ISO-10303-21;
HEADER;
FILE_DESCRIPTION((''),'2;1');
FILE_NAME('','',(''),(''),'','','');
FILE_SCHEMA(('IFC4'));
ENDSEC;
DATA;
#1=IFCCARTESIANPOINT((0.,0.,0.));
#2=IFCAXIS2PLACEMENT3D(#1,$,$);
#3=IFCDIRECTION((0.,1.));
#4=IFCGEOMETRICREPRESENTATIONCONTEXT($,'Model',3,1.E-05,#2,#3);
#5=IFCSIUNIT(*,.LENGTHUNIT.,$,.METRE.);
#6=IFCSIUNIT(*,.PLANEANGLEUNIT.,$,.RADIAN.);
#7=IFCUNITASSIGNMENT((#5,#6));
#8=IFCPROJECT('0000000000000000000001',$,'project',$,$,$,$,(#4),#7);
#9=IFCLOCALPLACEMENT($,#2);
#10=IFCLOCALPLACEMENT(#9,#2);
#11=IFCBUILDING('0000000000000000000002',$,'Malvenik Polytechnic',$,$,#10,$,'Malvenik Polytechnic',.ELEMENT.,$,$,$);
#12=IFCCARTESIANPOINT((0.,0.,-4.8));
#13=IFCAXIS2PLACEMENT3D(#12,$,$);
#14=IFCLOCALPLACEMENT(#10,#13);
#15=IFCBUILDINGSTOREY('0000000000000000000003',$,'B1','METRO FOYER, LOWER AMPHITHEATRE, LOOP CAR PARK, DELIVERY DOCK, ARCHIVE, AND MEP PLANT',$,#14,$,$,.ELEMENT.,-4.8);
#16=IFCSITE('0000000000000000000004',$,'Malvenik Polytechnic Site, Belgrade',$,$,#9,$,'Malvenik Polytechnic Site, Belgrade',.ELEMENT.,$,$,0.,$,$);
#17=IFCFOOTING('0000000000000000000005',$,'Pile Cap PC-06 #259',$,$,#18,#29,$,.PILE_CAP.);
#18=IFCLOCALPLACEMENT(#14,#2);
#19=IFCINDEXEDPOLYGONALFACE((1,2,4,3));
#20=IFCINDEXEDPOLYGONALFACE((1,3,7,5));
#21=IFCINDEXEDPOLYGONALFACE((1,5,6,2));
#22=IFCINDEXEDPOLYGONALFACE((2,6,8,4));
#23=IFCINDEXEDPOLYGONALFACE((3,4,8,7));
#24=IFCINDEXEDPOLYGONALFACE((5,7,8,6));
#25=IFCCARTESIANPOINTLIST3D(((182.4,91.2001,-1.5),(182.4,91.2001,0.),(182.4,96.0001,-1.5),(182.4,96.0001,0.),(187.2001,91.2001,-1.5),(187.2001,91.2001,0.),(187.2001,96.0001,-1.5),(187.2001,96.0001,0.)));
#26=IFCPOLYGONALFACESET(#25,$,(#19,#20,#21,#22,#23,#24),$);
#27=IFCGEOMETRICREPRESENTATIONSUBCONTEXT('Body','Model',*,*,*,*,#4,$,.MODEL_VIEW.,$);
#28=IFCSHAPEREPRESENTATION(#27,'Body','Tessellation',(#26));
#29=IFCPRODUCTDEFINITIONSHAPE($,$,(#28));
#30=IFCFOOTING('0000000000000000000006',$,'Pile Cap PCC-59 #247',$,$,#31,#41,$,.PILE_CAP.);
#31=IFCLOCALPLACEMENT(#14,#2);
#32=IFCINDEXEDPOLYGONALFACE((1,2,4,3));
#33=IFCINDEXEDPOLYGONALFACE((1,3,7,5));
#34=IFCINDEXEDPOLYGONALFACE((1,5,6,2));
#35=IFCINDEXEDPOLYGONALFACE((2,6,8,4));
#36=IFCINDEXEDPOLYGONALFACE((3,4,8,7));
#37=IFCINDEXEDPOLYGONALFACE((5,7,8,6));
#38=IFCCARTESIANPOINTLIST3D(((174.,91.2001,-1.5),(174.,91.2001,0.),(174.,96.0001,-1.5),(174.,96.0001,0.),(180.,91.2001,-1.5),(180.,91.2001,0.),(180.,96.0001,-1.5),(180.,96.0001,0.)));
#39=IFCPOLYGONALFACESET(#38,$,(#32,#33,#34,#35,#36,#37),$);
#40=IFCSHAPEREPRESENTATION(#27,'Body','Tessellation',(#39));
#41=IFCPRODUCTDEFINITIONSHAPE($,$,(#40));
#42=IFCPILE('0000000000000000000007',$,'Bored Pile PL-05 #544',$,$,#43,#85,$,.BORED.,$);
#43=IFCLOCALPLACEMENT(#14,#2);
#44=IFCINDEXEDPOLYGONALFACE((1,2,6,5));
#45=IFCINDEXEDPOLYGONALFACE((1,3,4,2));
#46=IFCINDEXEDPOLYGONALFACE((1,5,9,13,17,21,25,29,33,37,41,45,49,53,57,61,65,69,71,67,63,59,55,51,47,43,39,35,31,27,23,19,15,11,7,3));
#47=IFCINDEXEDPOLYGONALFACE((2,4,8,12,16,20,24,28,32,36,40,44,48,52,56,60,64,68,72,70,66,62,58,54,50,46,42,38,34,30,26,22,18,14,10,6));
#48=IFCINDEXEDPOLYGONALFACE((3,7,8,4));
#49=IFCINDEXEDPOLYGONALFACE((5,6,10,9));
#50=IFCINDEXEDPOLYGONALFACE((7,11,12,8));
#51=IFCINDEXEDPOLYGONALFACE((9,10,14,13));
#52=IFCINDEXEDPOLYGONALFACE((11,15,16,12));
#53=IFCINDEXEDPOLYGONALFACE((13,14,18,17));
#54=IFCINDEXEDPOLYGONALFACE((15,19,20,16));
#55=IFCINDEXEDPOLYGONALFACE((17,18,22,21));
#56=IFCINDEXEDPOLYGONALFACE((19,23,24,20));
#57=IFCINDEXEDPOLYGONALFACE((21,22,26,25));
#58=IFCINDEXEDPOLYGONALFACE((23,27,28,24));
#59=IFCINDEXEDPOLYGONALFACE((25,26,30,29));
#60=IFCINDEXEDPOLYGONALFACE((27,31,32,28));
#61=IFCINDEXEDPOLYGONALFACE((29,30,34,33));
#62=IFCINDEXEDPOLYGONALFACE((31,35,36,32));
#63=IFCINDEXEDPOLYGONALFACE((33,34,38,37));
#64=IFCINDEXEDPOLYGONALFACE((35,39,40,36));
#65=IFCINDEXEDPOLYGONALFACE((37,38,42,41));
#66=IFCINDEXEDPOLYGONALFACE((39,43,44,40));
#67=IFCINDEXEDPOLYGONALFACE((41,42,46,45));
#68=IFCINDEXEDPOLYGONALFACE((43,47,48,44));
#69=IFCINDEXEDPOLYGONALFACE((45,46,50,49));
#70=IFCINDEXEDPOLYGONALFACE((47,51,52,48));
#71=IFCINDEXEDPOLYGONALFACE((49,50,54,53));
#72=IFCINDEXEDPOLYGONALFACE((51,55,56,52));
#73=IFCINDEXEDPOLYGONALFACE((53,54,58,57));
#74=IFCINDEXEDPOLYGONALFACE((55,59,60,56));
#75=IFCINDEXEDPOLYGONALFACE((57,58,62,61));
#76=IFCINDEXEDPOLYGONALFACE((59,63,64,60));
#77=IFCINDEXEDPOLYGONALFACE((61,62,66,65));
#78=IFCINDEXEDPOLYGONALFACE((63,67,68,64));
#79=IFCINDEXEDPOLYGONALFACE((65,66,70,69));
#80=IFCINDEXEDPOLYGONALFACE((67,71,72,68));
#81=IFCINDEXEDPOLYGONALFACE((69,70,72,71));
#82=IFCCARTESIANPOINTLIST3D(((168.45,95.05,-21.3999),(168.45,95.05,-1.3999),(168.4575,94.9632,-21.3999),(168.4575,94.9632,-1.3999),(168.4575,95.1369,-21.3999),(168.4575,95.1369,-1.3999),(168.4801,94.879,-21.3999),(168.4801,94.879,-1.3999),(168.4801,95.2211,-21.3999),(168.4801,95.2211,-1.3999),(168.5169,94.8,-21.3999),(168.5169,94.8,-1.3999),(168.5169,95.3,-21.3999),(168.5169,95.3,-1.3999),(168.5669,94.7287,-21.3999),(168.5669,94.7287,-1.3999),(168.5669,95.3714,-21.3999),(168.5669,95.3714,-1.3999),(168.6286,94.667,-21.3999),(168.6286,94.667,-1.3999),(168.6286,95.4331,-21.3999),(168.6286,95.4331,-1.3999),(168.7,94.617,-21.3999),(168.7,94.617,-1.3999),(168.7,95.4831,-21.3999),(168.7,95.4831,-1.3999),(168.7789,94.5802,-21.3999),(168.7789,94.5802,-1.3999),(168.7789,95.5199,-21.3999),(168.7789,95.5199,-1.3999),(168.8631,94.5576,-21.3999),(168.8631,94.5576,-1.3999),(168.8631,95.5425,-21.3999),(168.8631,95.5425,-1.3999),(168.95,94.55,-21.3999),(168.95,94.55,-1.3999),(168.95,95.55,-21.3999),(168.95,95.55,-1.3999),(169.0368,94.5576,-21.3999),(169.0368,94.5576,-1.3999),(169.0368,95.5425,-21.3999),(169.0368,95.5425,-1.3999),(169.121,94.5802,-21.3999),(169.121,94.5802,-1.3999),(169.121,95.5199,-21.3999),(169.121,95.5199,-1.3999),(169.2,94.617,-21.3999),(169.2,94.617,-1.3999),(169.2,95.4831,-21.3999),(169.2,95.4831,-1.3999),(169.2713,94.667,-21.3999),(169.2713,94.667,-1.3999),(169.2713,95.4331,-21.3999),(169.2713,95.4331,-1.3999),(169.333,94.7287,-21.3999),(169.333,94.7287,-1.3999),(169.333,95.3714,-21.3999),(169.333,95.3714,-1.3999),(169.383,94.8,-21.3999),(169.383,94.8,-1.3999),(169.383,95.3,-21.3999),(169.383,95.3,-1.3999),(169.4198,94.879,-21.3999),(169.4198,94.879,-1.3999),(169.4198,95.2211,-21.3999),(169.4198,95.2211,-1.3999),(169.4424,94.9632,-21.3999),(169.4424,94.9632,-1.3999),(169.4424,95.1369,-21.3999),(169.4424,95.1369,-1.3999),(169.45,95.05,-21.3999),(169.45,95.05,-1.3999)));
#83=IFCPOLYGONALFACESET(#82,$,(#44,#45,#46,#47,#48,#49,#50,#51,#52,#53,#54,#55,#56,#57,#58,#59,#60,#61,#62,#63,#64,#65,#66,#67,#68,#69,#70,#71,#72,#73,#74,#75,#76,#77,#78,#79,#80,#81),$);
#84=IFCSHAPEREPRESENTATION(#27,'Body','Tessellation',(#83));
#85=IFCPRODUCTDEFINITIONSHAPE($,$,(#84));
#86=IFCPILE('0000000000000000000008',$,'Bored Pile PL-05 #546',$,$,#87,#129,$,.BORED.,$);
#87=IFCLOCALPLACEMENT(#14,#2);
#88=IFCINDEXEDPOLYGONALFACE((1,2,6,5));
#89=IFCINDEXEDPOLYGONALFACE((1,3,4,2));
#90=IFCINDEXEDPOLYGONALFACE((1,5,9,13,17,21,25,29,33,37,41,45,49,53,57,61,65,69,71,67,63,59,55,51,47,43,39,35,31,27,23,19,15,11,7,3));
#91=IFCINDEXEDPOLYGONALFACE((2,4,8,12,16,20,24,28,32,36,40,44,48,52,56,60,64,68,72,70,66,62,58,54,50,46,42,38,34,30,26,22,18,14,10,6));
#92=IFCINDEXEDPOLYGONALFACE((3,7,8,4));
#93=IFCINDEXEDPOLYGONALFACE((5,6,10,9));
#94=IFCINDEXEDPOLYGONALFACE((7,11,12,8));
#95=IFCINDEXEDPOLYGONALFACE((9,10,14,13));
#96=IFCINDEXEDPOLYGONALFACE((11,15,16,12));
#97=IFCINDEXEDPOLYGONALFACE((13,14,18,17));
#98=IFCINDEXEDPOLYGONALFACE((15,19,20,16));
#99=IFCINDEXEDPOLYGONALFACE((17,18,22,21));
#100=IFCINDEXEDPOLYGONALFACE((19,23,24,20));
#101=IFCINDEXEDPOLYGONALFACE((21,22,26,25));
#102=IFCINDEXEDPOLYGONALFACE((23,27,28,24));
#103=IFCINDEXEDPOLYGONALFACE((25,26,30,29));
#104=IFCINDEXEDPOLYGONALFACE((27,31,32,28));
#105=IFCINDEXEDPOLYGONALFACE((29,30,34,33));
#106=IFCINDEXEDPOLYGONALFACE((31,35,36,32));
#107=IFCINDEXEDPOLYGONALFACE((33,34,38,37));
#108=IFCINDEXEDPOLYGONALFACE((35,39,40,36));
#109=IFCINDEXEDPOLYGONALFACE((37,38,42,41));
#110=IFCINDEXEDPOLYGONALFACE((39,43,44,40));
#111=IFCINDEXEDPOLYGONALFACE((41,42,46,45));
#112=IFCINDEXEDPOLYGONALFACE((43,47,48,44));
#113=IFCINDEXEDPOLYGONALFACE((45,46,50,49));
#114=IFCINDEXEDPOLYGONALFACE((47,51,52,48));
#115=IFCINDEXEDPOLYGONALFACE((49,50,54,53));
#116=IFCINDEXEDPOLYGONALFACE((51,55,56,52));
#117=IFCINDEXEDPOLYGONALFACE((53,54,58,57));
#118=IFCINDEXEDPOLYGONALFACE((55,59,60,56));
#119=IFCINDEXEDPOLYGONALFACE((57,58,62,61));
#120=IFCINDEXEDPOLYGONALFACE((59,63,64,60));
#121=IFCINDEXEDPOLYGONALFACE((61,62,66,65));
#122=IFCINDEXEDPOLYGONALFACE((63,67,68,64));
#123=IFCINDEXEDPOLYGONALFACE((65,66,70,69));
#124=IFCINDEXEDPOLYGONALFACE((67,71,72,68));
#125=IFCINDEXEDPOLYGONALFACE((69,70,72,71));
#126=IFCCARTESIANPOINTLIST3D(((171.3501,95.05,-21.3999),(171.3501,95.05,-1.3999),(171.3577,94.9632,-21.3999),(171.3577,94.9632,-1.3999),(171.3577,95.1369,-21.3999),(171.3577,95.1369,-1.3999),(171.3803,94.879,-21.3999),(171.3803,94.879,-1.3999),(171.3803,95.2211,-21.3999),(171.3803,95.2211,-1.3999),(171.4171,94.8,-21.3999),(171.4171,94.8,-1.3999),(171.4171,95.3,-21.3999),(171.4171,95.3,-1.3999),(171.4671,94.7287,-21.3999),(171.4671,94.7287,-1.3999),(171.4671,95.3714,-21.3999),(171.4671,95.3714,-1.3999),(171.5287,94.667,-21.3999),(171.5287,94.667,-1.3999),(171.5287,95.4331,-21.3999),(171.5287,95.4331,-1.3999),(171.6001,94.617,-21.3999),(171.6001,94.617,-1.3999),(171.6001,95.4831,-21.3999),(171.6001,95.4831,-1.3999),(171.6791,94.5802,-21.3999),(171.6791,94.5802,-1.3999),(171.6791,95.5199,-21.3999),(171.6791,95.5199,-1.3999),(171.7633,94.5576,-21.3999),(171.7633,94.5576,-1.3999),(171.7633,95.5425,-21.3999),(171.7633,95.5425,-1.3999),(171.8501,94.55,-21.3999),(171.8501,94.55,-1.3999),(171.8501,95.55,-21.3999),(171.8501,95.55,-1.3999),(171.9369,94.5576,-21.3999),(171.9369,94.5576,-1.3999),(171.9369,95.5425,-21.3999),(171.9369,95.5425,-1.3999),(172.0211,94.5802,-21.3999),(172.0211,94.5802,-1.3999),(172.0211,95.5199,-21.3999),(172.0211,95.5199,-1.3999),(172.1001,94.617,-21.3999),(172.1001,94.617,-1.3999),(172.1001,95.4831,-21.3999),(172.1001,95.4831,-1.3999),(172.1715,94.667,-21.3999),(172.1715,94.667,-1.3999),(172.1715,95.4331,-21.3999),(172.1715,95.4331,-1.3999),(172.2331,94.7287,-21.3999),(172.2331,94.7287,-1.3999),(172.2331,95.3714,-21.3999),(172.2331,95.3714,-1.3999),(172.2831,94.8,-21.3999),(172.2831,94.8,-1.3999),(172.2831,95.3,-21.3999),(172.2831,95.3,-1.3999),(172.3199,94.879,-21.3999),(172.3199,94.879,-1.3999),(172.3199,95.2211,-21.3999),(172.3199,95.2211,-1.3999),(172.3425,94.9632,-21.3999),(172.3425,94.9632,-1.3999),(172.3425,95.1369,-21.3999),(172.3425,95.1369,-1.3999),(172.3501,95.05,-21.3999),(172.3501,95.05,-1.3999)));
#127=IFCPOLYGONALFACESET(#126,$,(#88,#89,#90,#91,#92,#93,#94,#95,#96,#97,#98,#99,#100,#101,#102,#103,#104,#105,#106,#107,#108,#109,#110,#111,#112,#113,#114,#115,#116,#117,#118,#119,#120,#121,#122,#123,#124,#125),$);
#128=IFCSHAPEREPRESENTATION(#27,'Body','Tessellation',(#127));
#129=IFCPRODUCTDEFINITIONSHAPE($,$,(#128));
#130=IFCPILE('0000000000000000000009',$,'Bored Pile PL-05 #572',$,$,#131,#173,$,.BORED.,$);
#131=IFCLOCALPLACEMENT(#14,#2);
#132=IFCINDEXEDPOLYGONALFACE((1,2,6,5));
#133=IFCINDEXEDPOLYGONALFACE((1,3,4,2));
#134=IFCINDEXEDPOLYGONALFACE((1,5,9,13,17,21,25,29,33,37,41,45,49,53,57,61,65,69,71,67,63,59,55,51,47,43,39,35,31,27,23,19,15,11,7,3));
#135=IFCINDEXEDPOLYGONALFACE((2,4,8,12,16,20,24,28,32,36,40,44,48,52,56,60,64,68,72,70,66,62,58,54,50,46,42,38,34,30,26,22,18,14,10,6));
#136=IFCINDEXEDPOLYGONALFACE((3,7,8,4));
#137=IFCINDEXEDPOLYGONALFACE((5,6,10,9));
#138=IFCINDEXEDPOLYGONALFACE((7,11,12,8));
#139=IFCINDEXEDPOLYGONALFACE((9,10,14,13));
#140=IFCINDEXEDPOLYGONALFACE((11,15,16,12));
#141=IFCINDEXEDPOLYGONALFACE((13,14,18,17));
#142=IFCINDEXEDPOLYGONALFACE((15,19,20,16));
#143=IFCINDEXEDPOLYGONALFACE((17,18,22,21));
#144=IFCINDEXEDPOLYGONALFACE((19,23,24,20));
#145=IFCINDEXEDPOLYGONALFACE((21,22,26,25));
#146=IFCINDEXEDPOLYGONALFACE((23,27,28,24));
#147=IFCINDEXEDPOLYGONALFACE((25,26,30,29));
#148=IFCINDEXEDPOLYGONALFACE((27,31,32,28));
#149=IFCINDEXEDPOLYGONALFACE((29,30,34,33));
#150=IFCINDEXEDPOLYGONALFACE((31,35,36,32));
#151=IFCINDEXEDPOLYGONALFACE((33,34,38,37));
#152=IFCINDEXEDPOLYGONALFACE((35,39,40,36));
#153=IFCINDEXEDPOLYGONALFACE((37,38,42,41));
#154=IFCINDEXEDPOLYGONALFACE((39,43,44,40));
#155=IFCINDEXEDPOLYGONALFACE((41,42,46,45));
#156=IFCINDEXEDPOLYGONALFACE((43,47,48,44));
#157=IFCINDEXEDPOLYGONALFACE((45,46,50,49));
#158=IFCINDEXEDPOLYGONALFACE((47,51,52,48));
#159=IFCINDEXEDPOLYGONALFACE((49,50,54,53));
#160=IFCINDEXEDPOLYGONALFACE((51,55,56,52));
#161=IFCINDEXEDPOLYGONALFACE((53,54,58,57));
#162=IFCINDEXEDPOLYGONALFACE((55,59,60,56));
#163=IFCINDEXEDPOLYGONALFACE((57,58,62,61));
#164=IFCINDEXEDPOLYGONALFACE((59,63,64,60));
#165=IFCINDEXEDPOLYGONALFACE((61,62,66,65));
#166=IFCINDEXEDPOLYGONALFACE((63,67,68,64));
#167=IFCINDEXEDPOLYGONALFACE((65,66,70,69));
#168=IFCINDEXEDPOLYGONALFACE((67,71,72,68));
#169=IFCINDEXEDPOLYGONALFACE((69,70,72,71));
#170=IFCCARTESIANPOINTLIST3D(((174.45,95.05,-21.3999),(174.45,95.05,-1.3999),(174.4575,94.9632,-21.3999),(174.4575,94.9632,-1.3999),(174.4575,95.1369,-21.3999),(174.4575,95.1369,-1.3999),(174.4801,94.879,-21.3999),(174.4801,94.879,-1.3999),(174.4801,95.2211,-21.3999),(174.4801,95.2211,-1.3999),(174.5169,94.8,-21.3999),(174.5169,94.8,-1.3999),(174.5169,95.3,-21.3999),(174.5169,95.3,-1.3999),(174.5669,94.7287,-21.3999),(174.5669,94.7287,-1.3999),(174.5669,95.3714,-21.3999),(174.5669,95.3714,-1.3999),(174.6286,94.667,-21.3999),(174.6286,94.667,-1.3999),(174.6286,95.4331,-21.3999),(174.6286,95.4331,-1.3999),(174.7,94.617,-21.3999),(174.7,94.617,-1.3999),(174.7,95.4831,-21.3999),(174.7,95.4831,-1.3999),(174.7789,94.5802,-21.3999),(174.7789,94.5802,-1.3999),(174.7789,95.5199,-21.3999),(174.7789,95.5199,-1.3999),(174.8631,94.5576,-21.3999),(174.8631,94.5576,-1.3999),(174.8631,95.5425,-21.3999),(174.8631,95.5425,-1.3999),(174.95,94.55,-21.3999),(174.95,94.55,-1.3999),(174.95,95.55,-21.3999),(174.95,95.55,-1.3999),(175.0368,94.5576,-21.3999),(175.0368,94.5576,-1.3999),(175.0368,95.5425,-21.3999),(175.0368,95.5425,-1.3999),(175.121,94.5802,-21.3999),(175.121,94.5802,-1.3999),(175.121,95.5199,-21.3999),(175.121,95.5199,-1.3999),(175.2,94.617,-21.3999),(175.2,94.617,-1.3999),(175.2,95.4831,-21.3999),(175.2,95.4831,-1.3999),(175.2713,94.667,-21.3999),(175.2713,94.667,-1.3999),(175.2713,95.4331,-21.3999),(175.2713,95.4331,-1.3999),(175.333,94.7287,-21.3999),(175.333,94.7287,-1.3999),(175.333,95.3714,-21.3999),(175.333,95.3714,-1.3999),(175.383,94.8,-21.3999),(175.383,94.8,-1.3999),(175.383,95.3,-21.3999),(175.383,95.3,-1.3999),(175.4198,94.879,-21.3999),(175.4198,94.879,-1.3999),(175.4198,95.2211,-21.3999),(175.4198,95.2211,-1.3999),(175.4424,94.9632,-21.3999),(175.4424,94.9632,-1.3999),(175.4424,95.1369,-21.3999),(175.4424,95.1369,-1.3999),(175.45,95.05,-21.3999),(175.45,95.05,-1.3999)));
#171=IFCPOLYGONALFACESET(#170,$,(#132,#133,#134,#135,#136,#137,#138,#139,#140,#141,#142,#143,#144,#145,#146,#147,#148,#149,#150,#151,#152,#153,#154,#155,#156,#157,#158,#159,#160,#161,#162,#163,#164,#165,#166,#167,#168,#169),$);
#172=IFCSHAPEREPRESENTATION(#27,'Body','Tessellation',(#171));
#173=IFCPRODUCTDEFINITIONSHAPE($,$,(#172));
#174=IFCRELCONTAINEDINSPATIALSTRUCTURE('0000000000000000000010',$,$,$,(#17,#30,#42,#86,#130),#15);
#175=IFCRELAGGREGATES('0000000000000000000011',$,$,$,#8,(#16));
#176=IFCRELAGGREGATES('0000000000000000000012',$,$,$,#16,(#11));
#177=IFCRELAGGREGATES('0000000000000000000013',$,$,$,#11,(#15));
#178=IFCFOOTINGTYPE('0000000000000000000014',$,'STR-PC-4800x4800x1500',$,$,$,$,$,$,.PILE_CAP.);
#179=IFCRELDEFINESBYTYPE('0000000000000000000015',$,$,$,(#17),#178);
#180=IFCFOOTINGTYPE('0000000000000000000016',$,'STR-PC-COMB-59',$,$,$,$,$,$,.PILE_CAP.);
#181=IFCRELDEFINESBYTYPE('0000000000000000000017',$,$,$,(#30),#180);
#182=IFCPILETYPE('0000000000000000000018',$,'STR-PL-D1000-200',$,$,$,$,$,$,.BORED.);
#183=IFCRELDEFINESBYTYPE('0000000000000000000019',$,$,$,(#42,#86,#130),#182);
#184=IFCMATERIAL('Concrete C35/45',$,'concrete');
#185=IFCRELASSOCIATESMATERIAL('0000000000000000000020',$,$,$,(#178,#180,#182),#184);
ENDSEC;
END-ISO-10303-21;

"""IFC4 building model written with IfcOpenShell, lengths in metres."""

from ifc_helpers import new_model, si_unit, direction, frame, origin, origin_2d, place, context, subcontext, project, spatial, rectangle, circle, extrude, material, material_profile, profile_set, type_object, element, save


model = new_model("IFC4")

# Units and contexts
model_context = context("Model", 3, precision=1e-05, world=origin(), true_north=direction((0.0, 1.0)))
body_context = subcontext(model_context, "Body", "Model", "MODEL_VIEW")
ifc_project = project(units=[si_unit("LENGTHUNIT", "METRE"), si_unit("PLANEANGLEUNIT", "RADIAN")], contexts=[model_context])

# Site, building, storey
site_placement = place(None, origin())
site = spatial("IfcSite", under=ifc_project, at=site_placement, Name="Malvenik Polytechnic Site, Belgrade", LongName="Malvenik Polytechnic Site, Belgrade", CompositionType="ELEMENT", RefElevation=0.0)
building_placement = place(site_placement, origin())
building = spatial("IfcBuilding", under=site, at=building_placement, Name="Malvenik Polytechnic", LongName="Malvenik Polytechnic", CompositionType="ELEMENT")
storey_placement = place(building_placement, frame((0.0, 0.0, -4.8)))
storey = spatial("IfcBuildingStorey", under=building, at=storey_placement, Name="B1", Description="METRO FOYER, LOWER AMPHITHEATRE, LOOP CAR PARK, DELIVERY DOCK, ARCHIVE, AND MEP PLANT", CompositionType="ELEMENT", Elevation=-4.8)

# Footings
ifc_material_1 = material(Name="Concrete C35/45", Category="concrete")
footing_type_1 = type_object("IfcFootingType", Name="STR-PC-4800x4800x1500", PredefinedType="PILE_CAP", material=ifc_material_1)
footing_1_placement = place(storey_placement, frame((184.8, 93.6001, -1.5), z_axis=(0.0, 0.0, 1.0), x_axis=(1.0, 0.0, 0.0)))
element("IfcFooting", 1, at=footing_1_placement, inside=storey, type_object=footing_type_1, Name="Pile Cap PC-06 #259", PredefinedType="PILE_CAP", context=body_context, shape_type="SweptSolid", body=[
    extrude(rectangle(XDim=4.8, YDim=4.8, at=origin_2d()), origin(), (0.0, 0.0, 1.0), 1.5),
])
footing_type_2 = type_object("IfcFootingType", Name="STR-PC-COMB-59", PredefinedType="PILE_CAP", material=ifc_material_1)
footing_2_placement = place(storey_placement, frame((177.0, 93.6001, -1.5), z_axis=(0.0, 0.0, 1.0), x_axis=(1.0, 0.0, 0.0)))
element("IfcFooting", 2, at=footing_2_placement, inside=storey, type_object=footing_type_2, Name="Pile Cap PCC-59 #247", PredefinedType="PILE_CAP", context=body_context, shape_type="SweptSolid", body=[
    extrude(rectangle(XDim=6.0, YDim=4.8, at=origin_2d()), origin(), (0.0, 0.0, 1.0), 1.5),
])

# Piles
ifc_material_profile_1 = material_profile(ifc_material_1, circle(Radius=0.5, at=origin_2d()), Name="BORED PILE D1000")
ifc_profile_set_1 = profile_set([ifc_material_profile_1], Name="Concrete C35/45")
pile_type = type_object("IfcPileType", Name="STR-PL-D1000-200", PredefinedType="BORED", material=ifc_profile_set_1)
for number, where, z_axis, x_axis, name in (
    (3, (168.95, 95.05, -1.3999), (0.0, 0.0, -1.0), (1.0, 0.0, 0.0), "Bored Pile PL-05 #544"),
    (4, (171.8501, 95.05, -1.3999), (0.0, 0.0, -1.0), (1.0, 0.0, 0.0), "Bored Pile PL-05 #546"),
    (5, (174.95, 95.05, -1.3999), (0.0, 0.0, -1.0), (1.0, 0.0, 0.0), "Bored Pile PL-05 #572"),
):
    element("IfcPile", number, at=place(storey_placement, frame(where, z_axis=z_axis, x_axis=x_axis)), inside=storey, type_object=pile_type, Name=name, PredefinedType="BORED", context=body_context, shape_type="SweptSolid", body=[
        extrude(circle(Radius=0.5, at=origin_2d()), origin(), (0.0, 0.0, 1.0), 20.0),
    ])

save(model, "model.ifc")
